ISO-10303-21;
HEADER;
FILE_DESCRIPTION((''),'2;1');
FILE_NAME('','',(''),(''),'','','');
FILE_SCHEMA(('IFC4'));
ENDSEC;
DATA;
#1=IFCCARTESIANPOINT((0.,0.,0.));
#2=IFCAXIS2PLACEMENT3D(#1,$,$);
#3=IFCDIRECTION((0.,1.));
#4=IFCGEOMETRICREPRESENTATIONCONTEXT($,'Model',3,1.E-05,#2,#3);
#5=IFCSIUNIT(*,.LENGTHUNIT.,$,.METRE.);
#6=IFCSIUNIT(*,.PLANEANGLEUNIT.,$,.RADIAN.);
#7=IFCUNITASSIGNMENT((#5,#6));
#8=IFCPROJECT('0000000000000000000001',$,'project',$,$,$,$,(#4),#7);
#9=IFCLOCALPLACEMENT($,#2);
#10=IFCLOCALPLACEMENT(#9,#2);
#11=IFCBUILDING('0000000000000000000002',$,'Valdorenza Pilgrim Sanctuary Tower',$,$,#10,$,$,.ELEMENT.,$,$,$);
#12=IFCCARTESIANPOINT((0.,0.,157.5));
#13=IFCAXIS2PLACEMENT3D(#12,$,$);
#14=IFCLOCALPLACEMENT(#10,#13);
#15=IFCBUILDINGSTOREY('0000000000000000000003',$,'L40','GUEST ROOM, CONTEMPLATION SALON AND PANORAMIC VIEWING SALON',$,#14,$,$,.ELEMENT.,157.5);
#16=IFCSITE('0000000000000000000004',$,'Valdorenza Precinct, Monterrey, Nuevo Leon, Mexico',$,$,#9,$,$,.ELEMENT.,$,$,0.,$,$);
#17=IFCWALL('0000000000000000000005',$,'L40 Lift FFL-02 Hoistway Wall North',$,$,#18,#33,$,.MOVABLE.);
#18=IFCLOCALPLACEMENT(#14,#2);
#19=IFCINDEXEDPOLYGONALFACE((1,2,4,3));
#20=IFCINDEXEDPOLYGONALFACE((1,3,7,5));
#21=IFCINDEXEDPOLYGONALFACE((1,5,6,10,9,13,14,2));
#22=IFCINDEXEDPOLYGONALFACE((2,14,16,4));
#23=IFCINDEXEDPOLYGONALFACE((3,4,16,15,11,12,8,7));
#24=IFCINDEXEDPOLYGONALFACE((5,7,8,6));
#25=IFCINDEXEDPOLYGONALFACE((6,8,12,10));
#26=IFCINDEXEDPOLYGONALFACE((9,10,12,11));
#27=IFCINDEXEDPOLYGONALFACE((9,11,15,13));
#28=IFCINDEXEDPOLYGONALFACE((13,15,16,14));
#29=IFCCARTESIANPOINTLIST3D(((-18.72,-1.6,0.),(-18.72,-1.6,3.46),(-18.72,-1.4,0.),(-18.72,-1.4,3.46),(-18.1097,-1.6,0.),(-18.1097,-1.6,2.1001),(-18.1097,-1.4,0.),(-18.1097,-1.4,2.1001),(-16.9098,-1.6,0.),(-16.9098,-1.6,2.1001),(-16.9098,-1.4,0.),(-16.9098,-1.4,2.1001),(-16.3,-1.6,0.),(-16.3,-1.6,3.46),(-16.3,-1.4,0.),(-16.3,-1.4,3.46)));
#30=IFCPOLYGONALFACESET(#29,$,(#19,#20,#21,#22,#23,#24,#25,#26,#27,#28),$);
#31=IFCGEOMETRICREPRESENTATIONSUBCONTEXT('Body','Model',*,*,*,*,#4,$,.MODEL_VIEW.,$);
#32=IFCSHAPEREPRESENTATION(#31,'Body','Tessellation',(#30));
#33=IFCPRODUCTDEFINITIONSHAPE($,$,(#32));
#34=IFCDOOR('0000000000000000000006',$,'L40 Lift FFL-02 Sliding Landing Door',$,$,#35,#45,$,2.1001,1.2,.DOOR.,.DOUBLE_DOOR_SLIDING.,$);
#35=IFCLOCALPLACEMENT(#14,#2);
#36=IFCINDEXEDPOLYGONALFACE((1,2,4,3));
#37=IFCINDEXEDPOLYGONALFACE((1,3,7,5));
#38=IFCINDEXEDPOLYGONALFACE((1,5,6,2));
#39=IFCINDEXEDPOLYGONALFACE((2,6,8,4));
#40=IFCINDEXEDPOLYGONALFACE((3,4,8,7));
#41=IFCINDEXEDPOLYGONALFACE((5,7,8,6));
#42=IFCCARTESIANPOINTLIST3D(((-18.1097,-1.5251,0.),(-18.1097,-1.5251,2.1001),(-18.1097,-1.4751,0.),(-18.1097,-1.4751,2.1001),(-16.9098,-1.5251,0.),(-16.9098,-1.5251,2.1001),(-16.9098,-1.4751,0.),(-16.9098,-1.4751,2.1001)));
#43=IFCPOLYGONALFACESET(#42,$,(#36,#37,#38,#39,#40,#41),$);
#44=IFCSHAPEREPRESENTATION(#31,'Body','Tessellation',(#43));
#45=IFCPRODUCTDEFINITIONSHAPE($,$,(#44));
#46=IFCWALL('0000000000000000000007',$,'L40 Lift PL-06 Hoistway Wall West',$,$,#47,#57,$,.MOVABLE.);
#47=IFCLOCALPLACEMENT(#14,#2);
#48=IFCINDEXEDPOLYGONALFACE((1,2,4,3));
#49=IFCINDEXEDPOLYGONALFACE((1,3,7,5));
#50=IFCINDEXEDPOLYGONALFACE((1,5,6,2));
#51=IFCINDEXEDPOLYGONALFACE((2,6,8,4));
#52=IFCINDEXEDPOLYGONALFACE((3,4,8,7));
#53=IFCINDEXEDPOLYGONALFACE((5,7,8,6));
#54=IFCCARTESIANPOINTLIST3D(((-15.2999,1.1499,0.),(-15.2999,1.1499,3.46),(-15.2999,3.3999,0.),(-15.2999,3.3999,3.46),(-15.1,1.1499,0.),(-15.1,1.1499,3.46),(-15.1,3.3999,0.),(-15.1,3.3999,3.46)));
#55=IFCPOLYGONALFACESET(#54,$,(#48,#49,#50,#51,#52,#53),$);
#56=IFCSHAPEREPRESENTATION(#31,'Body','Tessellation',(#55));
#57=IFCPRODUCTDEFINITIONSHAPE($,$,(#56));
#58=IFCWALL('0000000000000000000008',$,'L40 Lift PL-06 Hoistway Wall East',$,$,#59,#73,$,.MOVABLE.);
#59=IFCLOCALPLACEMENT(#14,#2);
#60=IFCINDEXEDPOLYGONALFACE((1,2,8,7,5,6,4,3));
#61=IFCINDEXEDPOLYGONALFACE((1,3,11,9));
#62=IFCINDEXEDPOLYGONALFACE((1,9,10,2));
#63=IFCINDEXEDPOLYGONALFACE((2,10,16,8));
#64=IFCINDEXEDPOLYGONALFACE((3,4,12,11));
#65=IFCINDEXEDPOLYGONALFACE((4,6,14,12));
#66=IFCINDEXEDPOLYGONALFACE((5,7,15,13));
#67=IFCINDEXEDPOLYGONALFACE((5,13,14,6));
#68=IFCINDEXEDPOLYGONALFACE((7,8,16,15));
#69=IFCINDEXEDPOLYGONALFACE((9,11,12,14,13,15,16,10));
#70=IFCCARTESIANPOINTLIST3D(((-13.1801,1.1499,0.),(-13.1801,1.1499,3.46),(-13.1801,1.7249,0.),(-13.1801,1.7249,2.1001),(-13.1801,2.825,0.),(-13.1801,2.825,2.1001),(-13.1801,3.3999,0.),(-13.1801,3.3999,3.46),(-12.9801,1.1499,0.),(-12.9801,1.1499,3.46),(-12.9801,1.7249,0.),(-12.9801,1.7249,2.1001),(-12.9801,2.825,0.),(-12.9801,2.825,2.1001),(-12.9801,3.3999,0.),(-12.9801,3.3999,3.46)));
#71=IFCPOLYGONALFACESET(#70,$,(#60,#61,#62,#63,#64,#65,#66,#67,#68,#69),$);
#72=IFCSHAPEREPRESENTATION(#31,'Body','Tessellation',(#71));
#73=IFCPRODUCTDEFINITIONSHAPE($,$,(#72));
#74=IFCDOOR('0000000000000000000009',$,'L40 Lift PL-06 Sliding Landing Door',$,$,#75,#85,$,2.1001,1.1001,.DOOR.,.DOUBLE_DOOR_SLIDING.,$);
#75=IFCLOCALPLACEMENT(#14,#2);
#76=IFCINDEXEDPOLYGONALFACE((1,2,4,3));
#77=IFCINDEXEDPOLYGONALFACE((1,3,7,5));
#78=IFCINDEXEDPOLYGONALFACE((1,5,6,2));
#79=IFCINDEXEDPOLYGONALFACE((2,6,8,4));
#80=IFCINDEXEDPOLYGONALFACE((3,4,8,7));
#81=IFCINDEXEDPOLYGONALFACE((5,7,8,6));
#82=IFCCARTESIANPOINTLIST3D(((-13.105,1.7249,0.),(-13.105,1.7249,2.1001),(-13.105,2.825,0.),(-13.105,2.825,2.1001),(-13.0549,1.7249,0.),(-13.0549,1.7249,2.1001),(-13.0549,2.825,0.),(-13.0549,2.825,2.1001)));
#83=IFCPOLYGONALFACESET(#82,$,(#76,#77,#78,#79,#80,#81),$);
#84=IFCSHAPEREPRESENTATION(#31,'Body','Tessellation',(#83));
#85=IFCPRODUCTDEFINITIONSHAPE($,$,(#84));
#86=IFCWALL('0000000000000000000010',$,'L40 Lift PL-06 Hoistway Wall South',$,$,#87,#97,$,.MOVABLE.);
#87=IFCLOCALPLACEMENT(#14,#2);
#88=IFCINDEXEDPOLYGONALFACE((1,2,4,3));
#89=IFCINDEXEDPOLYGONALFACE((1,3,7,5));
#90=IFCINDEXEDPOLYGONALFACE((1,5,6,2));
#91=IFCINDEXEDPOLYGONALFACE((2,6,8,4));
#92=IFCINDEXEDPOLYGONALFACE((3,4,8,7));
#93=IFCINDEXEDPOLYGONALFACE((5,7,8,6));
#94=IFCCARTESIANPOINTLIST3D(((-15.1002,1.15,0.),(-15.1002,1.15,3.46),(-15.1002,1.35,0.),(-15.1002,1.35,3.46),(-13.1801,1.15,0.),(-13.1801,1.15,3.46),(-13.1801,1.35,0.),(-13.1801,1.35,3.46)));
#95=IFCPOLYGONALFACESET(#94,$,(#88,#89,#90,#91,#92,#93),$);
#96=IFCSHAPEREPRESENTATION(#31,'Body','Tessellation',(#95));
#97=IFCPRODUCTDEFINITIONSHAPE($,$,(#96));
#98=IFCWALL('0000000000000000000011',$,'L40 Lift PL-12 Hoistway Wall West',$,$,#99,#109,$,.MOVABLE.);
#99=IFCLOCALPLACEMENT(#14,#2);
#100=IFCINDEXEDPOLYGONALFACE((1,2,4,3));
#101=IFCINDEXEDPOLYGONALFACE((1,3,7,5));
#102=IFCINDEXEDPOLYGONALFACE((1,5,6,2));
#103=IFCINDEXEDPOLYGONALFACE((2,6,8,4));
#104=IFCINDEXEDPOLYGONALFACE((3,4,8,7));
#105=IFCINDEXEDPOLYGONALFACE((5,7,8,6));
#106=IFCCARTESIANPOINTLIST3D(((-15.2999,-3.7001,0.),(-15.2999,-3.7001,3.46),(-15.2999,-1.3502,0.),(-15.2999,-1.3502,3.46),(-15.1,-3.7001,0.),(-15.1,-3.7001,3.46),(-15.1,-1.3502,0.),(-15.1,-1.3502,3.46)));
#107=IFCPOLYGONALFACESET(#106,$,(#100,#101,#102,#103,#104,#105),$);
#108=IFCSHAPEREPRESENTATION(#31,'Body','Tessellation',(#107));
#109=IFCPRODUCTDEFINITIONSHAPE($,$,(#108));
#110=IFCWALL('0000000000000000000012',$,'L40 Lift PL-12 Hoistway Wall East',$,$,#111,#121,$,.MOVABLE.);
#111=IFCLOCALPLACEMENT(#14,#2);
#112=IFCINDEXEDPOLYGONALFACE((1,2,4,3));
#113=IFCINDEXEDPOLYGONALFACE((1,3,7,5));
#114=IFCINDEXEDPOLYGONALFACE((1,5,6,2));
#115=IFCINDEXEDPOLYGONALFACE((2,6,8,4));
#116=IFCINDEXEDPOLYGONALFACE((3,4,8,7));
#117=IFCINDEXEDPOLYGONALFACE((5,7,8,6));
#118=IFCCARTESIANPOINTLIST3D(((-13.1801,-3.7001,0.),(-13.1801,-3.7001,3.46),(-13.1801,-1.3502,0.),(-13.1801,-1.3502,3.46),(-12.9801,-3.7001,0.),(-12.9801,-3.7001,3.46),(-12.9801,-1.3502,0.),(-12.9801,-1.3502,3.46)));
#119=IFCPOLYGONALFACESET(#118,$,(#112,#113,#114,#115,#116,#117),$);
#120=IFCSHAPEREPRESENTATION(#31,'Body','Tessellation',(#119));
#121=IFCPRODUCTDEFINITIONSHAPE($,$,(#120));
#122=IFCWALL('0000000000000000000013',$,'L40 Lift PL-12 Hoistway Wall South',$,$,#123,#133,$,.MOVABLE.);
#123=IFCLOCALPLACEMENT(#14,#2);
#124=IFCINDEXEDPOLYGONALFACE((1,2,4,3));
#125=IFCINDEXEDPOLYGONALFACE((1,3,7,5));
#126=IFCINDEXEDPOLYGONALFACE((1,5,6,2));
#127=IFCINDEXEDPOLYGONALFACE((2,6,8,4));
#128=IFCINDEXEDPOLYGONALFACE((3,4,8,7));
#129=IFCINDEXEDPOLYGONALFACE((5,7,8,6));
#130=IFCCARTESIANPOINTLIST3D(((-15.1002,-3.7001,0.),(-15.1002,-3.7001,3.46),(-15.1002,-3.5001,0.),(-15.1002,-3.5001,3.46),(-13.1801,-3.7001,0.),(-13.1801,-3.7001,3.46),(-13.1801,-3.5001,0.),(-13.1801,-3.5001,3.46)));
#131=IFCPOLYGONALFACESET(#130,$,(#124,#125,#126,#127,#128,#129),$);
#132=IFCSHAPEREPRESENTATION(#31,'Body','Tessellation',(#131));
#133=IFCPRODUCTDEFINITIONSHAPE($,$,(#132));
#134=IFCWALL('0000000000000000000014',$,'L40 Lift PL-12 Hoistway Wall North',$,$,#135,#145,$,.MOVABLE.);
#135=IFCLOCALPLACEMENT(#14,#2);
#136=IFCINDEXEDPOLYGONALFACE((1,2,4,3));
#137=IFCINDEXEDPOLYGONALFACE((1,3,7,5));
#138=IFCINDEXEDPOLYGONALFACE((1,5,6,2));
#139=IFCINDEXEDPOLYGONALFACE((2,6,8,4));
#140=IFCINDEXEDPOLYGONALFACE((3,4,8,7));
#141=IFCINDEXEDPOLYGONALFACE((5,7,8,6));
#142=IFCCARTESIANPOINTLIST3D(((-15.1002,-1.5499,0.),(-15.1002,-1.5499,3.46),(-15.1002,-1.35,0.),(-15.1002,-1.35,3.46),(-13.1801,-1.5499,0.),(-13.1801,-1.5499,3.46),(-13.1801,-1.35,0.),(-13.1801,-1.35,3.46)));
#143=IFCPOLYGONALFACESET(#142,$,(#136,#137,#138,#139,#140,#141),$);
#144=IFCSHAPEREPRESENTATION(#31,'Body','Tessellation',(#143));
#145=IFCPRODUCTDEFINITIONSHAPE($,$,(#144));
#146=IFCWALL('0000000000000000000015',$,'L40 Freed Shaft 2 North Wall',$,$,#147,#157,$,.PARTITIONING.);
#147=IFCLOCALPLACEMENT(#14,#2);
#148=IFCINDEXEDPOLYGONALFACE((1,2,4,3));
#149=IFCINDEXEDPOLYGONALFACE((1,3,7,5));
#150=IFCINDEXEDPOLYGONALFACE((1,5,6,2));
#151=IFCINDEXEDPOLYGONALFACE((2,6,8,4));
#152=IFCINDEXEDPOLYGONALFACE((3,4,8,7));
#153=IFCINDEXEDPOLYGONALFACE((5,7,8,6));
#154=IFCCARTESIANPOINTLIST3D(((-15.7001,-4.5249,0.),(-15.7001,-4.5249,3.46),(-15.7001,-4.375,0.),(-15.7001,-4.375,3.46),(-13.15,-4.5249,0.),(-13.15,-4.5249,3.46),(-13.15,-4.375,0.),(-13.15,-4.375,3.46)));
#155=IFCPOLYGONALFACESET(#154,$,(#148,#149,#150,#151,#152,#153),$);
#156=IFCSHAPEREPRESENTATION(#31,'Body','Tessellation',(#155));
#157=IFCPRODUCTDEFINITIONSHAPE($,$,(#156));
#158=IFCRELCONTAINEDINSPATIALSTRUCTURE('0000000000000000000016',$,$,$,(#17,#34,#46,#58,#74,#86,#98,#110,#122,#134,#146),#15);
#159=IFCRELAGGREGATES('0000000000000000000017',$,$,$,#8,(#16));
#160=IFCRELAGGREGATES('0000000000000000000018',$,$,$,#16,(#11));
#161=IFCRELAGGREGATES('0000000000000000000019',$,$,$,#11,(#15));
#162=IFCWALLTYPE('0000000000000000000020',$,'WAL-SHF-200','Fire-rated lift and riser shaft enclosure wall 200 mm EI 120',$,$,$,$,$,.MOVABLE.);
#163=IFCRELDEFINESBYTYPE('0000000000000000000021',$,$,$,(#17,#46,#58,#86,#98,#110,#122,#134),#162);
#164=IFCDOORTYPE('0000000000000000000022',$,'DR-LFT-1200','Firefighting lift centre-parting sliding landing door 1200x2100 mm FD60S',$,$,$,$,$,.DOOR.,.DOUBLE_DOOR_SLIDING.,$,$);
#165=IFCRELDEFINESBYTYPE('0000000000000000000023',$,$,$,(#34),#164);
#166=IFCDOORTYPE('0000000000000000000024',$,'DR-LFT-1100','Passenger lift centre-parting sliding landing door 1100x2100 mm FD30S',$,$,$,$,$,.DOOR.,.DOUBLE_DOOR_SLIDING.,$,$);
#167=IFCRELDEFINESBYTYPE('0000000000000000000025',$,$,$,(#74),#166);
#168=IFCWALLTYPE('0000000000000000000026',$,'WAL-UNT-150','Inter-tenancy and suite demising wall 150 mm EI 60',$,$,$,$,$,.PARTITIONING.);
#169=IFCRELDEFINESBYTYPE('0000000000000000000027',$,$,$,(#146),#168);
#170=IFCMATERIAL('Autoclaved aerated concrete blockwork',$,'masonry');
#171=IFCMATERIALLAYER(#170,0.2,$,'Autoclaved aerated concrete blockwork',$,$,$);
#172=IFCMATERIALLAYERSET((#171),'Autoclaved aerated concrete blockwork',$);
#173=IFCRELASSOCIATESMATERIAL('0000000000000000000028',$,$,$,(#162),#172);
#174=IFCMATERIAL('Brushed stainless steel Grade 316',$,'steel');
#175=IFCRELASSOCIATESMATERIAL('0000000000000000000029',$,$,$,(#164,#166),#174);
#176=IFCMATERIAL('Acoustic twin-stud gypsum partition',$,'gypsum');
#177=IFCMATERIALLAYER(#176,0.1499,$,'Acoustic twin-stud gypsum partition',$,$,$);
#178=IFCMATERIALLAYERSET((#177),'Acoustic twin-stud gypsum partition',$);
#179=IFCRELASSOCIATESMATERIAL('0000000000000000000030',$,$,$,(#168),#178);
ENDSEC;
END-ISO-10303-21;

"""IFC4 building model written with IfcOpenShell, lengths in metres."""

from ifc_helpers import new_model, si_unit, direction, frame, frame_2d, origin, place, context, subcontext, project, spatial, rectangle, extrude, material, layer, layer_set, type_object, element, fill, save


model = new_model("IFC4")

# Units and contexts
model_context = context("Model", 3, precision=1e-05, world=origin(), true_north=direction((0.0, 1.0)))
body_context = subcontext(model_context, "Body", "Model", "MODEL_VIEW")
ifc_project = project(units=[si_unit("LENGTHUNIT", "METRE"), si_unit("PLANEANGLEUNIT", "RADIAN")], contexts=[model_context])

# Site, building, storey
site_placement = place(None, origin())
site = spatial("IfcSite", under=ifc_project, at=site_placement, Name="Valdorenza Precinct, Monterrey, Nuevo Leon, Mexico", CompositionType="ELEMENT", RefElevation=0.0)
building_placement = place(site_placement, origin())
building = spatial("IfcBuilding", under=site, at=building_placement, Name="Valdorenza Pilgrim Sanctuary Tower", CompositionType="ELEMENT")
storey_placement = place(building_placement, frame((0.0, 0.0, 157.5)))
storey = spatial("IfcBuildingStorey", under=building, at=storey_placement, Name="L40", Description="GUEST ROOM, CONTEMPLATION SALON AND PANORAMIC VIEWING SALON", CompositionType="ELEMENT", Elevation=157.5)

# Shared definitions
ifc_material_1 = material(Name="Acoustic twin-stud gypsum partition", Category="gypsum")

# Shared definitions
ifc_material_2 = material(Name="Autoclaved aerated concrete blockwork", Category="masonry")
ifc_layer_1 = layer(ifc_material_2, 0.2, Name="Autoclaved aerated concrete blockwork")
ifc_layer_set_1 = layer_set([ifc_layer_1], Name="Autoclaved aerated concrete blockwork")
wall_type_1 = type_object("IfcWallType", Name="WAL-SHF-200", Description="Fire-rated lift and riser shaft enclosure wall 200 mm EI 120", PredefinedType="MOVABLE", material=ifc_layer_set_1)

# Wall, opening, door
wall_1_placement = place(storey_placement, frame((-18.72, -1.5, 0.0), z_axis=(0.0, 0.0, 1.0), x_axis=(1.0, 0.0, 0.0)))
wall_1 = element("IfcWall", 1, at=wall_1_placement, inside=storey, type_object=wall_type_1, Name="L40 Lift FFL-02 Hoistway Wall North", PredefinedType="MOVABLE", context=body_context, shape_type="SweptSolid", body=[
    extrude(rectangle(XDim=2.4199, YDim=0.2, at=frame_2d((1.21, 0.0))), origin(), (0.0, 0.0, 1.0), 3.46),
])
opening_1_placement = place(wall_1_placement, frame((0.6101, 0.0, 0.0)))
opening_1 = element("IfcOpeningElement", 2, at=opening_1_placement, cuts=wall_1, PredefinedType="OPENING", context=body_context, shape_type="SweptSolid", body=[
    extrude(rectangle(XDim=1.2, YDim=2.1001, at=frame_2d((0.6001, 1.05))), frame((0.0, 0.1147, 0.0), z_axis=(0.0, -1.0, 0.0), x_axis=(1.0, 0.0, 0.0)), (0.0, 0.0, 1.0), 0.2297),
])
ifc_material_3 = material(Name="Brushed stainless steel Grade 316", Category="steel")
door_type_1 = type_object("IfcDoorType", Name="DR-LFT-1200", Description="Firefighting lift centre-parting sliding landing door 1200x2100 mm FD60S", OperationType="DOUBLE_DOOR_SLIDING", PredefinedType="DOOR", material=ifc_material_3)
door_1_placement = place(opening_1_placement, origin())
door_1 = element("IfcDoor", 3, at=door_1_placement, inside=storey, type_object=door_type_1, Name="L40 Lift FFL-02 Sliding Landing Door", OperationType="DOUBLE_DOOR_SLIDING", OverallHeight=2.1001, OverallWidth=1.2, PredefinedType="DOOR", context=body_context, shape_type="SweptSolid", body=[
    extrude(rectangle(XDim=1.2, YDim=2.1001, at=frame_2d((0.6001, 1.05))), frame((0.0, 0.0249, 0.0), z_axis=(0.0, -1.0, 0.0), x_axis=(1.0, 0.0, 0.0)), (0.0, 0.0, 1.0), 0.05),
])
fill(opening_1, door_1)

# Wall
wall_2_placement = place(storey_placement, frame((-15.2, 1.1499, 0.0), z_axis=(0.0, 0.0, 1.0), x_axis=(0.0, 1.0, 0.0)))
element("IfcWall", 4, at=wall_2_placement, inside=storey, type_object=wall_type_1, Name="L40 Lift PL-06 Hoistway Wall West", PredefinedType="MOVABLE", context=body_context, shape_type="SweptSolid", body=[
    extrude(rectangle(XDim=2.25, YDim=0.2, at=frame_2d((1.125, 0.0))), origin(), (0.0, 0.0, 1.0), 3.46),
])

# Wall, opening, door
wall_3_placement = place(storey_placement, frame((-13.0801, 1.1499, 0.0), z_axis=(0.0, 0.0, 1.0), x_axis=(0.0, 1.0, 0.0)))
wall_3 = element("IfcWall", 5, at=wall_3_placement, inside=storey, type_object=wall_type_1, Name="L40 Lift PL-06 Hoistway Wall East", PredefinedType="MOVABLE", context=body_context, shape_type="SweptSolid", body=[
    extrude(rectangle(XDim=2.25, YDim=0.2, at=frame_2d((1.125, 0.0))), origin(), (0.0, 0.0, 1.0), 3.46),
])
opening_2_placement = place(wall_3_placement, frame((0.575, 0.0, 0.0)))
opening_2 = element("IfcOpeningElement", 6, at=opening_2_placement, cuts=wall_3, PredefinedType="OPENING", context=body_context, shape_type="SweptSolid", body=[
    extrude(rectangle(XDim=1.1001, YDim=2.1001, at=frame_2d((0.55, 1.05))), frame((0.0, 0.1147, 0.0), z_axis=(0.0, -1.0, 0.0), x_axis=(1.0, 0.0, 0.0)), (0.0, 0.0, 1.0), 0.2297),
])
door_type_2 = type_object("IfcDoorType", Name="DR-LFT-1100", Description="Passenger lift centre-parting sliding landing door 1100x2100 mm FD30S", OperationType="DOUBLE_DOOR_SLIDING", PredefinedType="DOOR", material=ifc_material_3)
door_2_placement = place(opening_2_placement, origin())
door_2 = element("IfcDoor", 7, at=door_2_placement, inside=storey, type_object=door_type_2, Name="L40 Lift PL-06 Sliding Landing Door", OperationType="DOUBLE_DOOR_SLIDING", OverallHeight=2.1001, OverallWidth=1.1001, PredefinedType="DOOR", context=body_context, shape_type="SweptSolid", body=[
    extrude(rectangle(XDim=1.1001, YDim=2.1001, at=frame_2d((0.55, 1.05))), frame((0.0, 0.0249, 0.0), z_axis=(0.0, -1.0, 0.0), x_axis=(1.0, 0.0, 0.0)), (0.0, 0.0, 1.0), 0.05),
])
fill(opening_2, door_2)

# Walls
wall_4_placement = place(storey_placement, frame((-15.1001, 1.25, 0.0), z_axis=(0.0, 0.0, 1.0), x_axis=(1.0, 0.0, 0.0)))
element("IfcWall", 8, at=wall_4_placement, inside=storey, type_object=wall_type_1, Name="L40 Lift PL-06 Hoistway Wall South", PredefinedType="MOVABLE", context=body_context, shape_type="SweptSolid", body=[
    extrude(rectangle(XDim=1.9202, YDim=0.2, at=frame_2d((0.96, 0.0))), origin(), (0.0, 0.0, 1.0), 3.46),
])
for number, where, z_axis, x_axis, name in (
    (9, (-15.2, -3.7, 0.0), (0.0, 0.0, 1.0), (0.0, 1.0, 0.0), "L40 Lift PL-12 Hoistway Wall West"),
    (10, (-13.0801, -3.7, 0.0), (0.0, 0.0, 1.0), (0.0, 1.0, 0.0), "L40 Lift PL-12 Hoistway Wall East"),
):
    element("IfcWall", number, at=place(storey_placement, frame(where, z_axis=z_axis, x_axis=x_axis)), inside=storey, type_object=wall_type_1, Name=name, PredefinedType="MOVABLE", context=body_context, shape_type="SweptSolid", body=[
        extrude(rectangle(XDim=2.3499, YDim=0.2, at=frame_2d((1.1748, 0.0))), origin(), (0.0, 0.0, 1.0), 3.46),
    ])
for number, where, z_axis, x_axis, name in (
    (11, (-15.1001, -3.6001, 0.0), (0.0, 0.0, 1.0), (1.0, 0.0, 0.0), "L40 Lift PL-12 Hoistway Wall South"),
    (12, (-15.1001, -1.45, 0.0), (0.0, 0.0, 1.0), (1.0, 0.0, 0.0), "L40 Lift PL-12 Hoistway Wall North"),
):
    element("IfcWall", number, at=place(storey_placement, frame(where, z_axis=z_axis, x_axis=x_axis)), inside=storey, type_object=wall_type_1, Name=name, PredefinedType="MOVABLE", context=body_context, shape_type="SweptSolid", body=[
        extrude(rectangle(XDim=1.9202, YDim=0.2, at=frame_2d((0.96, 0.0))), origin(), (0.0, 0.0, 1.0), 3.46),
    ])
ifc_layer_2 = layer(ifc_material_1, 0.1499, Name="Acoustic twin-stud gypsum partition")
ifc_layer_set_2 = layer_set([ifc_layer_2], Name="Acoustic twin-stud gypsum partition")
wall_type_2 = type_object("IfcWallType", Name="WAL-UNT-150", Description="Inter-tenancy and suite demising wall 150 mm EI 60", PredefinedType="PARTITIONING", material=ifc_layer_set_2)
wall_5_placement = place(storey_placement, frame((-15.7, -4.45, 0.0), z_axis=(0.0, 0.0, 1.0), x_axis=(1.0, 0.0, 0.0)))
element("IfcWall", 13, at=wall_5_placement, inside=storey, type_object=wall_type_2, Name="L40 Freed Shaft 2 North Wall", PredefinedType="PARTITIONING", context=body_context, shape_type="SweptSolid", body=[
    extrude(rectangle(XDim=2.55, YDim=0.1499, at=frame_2d((1.2749, 0.0))), origin(), (0.0, 0.0, 1.0), 3.46),
])

save(model, "model.ifc")
